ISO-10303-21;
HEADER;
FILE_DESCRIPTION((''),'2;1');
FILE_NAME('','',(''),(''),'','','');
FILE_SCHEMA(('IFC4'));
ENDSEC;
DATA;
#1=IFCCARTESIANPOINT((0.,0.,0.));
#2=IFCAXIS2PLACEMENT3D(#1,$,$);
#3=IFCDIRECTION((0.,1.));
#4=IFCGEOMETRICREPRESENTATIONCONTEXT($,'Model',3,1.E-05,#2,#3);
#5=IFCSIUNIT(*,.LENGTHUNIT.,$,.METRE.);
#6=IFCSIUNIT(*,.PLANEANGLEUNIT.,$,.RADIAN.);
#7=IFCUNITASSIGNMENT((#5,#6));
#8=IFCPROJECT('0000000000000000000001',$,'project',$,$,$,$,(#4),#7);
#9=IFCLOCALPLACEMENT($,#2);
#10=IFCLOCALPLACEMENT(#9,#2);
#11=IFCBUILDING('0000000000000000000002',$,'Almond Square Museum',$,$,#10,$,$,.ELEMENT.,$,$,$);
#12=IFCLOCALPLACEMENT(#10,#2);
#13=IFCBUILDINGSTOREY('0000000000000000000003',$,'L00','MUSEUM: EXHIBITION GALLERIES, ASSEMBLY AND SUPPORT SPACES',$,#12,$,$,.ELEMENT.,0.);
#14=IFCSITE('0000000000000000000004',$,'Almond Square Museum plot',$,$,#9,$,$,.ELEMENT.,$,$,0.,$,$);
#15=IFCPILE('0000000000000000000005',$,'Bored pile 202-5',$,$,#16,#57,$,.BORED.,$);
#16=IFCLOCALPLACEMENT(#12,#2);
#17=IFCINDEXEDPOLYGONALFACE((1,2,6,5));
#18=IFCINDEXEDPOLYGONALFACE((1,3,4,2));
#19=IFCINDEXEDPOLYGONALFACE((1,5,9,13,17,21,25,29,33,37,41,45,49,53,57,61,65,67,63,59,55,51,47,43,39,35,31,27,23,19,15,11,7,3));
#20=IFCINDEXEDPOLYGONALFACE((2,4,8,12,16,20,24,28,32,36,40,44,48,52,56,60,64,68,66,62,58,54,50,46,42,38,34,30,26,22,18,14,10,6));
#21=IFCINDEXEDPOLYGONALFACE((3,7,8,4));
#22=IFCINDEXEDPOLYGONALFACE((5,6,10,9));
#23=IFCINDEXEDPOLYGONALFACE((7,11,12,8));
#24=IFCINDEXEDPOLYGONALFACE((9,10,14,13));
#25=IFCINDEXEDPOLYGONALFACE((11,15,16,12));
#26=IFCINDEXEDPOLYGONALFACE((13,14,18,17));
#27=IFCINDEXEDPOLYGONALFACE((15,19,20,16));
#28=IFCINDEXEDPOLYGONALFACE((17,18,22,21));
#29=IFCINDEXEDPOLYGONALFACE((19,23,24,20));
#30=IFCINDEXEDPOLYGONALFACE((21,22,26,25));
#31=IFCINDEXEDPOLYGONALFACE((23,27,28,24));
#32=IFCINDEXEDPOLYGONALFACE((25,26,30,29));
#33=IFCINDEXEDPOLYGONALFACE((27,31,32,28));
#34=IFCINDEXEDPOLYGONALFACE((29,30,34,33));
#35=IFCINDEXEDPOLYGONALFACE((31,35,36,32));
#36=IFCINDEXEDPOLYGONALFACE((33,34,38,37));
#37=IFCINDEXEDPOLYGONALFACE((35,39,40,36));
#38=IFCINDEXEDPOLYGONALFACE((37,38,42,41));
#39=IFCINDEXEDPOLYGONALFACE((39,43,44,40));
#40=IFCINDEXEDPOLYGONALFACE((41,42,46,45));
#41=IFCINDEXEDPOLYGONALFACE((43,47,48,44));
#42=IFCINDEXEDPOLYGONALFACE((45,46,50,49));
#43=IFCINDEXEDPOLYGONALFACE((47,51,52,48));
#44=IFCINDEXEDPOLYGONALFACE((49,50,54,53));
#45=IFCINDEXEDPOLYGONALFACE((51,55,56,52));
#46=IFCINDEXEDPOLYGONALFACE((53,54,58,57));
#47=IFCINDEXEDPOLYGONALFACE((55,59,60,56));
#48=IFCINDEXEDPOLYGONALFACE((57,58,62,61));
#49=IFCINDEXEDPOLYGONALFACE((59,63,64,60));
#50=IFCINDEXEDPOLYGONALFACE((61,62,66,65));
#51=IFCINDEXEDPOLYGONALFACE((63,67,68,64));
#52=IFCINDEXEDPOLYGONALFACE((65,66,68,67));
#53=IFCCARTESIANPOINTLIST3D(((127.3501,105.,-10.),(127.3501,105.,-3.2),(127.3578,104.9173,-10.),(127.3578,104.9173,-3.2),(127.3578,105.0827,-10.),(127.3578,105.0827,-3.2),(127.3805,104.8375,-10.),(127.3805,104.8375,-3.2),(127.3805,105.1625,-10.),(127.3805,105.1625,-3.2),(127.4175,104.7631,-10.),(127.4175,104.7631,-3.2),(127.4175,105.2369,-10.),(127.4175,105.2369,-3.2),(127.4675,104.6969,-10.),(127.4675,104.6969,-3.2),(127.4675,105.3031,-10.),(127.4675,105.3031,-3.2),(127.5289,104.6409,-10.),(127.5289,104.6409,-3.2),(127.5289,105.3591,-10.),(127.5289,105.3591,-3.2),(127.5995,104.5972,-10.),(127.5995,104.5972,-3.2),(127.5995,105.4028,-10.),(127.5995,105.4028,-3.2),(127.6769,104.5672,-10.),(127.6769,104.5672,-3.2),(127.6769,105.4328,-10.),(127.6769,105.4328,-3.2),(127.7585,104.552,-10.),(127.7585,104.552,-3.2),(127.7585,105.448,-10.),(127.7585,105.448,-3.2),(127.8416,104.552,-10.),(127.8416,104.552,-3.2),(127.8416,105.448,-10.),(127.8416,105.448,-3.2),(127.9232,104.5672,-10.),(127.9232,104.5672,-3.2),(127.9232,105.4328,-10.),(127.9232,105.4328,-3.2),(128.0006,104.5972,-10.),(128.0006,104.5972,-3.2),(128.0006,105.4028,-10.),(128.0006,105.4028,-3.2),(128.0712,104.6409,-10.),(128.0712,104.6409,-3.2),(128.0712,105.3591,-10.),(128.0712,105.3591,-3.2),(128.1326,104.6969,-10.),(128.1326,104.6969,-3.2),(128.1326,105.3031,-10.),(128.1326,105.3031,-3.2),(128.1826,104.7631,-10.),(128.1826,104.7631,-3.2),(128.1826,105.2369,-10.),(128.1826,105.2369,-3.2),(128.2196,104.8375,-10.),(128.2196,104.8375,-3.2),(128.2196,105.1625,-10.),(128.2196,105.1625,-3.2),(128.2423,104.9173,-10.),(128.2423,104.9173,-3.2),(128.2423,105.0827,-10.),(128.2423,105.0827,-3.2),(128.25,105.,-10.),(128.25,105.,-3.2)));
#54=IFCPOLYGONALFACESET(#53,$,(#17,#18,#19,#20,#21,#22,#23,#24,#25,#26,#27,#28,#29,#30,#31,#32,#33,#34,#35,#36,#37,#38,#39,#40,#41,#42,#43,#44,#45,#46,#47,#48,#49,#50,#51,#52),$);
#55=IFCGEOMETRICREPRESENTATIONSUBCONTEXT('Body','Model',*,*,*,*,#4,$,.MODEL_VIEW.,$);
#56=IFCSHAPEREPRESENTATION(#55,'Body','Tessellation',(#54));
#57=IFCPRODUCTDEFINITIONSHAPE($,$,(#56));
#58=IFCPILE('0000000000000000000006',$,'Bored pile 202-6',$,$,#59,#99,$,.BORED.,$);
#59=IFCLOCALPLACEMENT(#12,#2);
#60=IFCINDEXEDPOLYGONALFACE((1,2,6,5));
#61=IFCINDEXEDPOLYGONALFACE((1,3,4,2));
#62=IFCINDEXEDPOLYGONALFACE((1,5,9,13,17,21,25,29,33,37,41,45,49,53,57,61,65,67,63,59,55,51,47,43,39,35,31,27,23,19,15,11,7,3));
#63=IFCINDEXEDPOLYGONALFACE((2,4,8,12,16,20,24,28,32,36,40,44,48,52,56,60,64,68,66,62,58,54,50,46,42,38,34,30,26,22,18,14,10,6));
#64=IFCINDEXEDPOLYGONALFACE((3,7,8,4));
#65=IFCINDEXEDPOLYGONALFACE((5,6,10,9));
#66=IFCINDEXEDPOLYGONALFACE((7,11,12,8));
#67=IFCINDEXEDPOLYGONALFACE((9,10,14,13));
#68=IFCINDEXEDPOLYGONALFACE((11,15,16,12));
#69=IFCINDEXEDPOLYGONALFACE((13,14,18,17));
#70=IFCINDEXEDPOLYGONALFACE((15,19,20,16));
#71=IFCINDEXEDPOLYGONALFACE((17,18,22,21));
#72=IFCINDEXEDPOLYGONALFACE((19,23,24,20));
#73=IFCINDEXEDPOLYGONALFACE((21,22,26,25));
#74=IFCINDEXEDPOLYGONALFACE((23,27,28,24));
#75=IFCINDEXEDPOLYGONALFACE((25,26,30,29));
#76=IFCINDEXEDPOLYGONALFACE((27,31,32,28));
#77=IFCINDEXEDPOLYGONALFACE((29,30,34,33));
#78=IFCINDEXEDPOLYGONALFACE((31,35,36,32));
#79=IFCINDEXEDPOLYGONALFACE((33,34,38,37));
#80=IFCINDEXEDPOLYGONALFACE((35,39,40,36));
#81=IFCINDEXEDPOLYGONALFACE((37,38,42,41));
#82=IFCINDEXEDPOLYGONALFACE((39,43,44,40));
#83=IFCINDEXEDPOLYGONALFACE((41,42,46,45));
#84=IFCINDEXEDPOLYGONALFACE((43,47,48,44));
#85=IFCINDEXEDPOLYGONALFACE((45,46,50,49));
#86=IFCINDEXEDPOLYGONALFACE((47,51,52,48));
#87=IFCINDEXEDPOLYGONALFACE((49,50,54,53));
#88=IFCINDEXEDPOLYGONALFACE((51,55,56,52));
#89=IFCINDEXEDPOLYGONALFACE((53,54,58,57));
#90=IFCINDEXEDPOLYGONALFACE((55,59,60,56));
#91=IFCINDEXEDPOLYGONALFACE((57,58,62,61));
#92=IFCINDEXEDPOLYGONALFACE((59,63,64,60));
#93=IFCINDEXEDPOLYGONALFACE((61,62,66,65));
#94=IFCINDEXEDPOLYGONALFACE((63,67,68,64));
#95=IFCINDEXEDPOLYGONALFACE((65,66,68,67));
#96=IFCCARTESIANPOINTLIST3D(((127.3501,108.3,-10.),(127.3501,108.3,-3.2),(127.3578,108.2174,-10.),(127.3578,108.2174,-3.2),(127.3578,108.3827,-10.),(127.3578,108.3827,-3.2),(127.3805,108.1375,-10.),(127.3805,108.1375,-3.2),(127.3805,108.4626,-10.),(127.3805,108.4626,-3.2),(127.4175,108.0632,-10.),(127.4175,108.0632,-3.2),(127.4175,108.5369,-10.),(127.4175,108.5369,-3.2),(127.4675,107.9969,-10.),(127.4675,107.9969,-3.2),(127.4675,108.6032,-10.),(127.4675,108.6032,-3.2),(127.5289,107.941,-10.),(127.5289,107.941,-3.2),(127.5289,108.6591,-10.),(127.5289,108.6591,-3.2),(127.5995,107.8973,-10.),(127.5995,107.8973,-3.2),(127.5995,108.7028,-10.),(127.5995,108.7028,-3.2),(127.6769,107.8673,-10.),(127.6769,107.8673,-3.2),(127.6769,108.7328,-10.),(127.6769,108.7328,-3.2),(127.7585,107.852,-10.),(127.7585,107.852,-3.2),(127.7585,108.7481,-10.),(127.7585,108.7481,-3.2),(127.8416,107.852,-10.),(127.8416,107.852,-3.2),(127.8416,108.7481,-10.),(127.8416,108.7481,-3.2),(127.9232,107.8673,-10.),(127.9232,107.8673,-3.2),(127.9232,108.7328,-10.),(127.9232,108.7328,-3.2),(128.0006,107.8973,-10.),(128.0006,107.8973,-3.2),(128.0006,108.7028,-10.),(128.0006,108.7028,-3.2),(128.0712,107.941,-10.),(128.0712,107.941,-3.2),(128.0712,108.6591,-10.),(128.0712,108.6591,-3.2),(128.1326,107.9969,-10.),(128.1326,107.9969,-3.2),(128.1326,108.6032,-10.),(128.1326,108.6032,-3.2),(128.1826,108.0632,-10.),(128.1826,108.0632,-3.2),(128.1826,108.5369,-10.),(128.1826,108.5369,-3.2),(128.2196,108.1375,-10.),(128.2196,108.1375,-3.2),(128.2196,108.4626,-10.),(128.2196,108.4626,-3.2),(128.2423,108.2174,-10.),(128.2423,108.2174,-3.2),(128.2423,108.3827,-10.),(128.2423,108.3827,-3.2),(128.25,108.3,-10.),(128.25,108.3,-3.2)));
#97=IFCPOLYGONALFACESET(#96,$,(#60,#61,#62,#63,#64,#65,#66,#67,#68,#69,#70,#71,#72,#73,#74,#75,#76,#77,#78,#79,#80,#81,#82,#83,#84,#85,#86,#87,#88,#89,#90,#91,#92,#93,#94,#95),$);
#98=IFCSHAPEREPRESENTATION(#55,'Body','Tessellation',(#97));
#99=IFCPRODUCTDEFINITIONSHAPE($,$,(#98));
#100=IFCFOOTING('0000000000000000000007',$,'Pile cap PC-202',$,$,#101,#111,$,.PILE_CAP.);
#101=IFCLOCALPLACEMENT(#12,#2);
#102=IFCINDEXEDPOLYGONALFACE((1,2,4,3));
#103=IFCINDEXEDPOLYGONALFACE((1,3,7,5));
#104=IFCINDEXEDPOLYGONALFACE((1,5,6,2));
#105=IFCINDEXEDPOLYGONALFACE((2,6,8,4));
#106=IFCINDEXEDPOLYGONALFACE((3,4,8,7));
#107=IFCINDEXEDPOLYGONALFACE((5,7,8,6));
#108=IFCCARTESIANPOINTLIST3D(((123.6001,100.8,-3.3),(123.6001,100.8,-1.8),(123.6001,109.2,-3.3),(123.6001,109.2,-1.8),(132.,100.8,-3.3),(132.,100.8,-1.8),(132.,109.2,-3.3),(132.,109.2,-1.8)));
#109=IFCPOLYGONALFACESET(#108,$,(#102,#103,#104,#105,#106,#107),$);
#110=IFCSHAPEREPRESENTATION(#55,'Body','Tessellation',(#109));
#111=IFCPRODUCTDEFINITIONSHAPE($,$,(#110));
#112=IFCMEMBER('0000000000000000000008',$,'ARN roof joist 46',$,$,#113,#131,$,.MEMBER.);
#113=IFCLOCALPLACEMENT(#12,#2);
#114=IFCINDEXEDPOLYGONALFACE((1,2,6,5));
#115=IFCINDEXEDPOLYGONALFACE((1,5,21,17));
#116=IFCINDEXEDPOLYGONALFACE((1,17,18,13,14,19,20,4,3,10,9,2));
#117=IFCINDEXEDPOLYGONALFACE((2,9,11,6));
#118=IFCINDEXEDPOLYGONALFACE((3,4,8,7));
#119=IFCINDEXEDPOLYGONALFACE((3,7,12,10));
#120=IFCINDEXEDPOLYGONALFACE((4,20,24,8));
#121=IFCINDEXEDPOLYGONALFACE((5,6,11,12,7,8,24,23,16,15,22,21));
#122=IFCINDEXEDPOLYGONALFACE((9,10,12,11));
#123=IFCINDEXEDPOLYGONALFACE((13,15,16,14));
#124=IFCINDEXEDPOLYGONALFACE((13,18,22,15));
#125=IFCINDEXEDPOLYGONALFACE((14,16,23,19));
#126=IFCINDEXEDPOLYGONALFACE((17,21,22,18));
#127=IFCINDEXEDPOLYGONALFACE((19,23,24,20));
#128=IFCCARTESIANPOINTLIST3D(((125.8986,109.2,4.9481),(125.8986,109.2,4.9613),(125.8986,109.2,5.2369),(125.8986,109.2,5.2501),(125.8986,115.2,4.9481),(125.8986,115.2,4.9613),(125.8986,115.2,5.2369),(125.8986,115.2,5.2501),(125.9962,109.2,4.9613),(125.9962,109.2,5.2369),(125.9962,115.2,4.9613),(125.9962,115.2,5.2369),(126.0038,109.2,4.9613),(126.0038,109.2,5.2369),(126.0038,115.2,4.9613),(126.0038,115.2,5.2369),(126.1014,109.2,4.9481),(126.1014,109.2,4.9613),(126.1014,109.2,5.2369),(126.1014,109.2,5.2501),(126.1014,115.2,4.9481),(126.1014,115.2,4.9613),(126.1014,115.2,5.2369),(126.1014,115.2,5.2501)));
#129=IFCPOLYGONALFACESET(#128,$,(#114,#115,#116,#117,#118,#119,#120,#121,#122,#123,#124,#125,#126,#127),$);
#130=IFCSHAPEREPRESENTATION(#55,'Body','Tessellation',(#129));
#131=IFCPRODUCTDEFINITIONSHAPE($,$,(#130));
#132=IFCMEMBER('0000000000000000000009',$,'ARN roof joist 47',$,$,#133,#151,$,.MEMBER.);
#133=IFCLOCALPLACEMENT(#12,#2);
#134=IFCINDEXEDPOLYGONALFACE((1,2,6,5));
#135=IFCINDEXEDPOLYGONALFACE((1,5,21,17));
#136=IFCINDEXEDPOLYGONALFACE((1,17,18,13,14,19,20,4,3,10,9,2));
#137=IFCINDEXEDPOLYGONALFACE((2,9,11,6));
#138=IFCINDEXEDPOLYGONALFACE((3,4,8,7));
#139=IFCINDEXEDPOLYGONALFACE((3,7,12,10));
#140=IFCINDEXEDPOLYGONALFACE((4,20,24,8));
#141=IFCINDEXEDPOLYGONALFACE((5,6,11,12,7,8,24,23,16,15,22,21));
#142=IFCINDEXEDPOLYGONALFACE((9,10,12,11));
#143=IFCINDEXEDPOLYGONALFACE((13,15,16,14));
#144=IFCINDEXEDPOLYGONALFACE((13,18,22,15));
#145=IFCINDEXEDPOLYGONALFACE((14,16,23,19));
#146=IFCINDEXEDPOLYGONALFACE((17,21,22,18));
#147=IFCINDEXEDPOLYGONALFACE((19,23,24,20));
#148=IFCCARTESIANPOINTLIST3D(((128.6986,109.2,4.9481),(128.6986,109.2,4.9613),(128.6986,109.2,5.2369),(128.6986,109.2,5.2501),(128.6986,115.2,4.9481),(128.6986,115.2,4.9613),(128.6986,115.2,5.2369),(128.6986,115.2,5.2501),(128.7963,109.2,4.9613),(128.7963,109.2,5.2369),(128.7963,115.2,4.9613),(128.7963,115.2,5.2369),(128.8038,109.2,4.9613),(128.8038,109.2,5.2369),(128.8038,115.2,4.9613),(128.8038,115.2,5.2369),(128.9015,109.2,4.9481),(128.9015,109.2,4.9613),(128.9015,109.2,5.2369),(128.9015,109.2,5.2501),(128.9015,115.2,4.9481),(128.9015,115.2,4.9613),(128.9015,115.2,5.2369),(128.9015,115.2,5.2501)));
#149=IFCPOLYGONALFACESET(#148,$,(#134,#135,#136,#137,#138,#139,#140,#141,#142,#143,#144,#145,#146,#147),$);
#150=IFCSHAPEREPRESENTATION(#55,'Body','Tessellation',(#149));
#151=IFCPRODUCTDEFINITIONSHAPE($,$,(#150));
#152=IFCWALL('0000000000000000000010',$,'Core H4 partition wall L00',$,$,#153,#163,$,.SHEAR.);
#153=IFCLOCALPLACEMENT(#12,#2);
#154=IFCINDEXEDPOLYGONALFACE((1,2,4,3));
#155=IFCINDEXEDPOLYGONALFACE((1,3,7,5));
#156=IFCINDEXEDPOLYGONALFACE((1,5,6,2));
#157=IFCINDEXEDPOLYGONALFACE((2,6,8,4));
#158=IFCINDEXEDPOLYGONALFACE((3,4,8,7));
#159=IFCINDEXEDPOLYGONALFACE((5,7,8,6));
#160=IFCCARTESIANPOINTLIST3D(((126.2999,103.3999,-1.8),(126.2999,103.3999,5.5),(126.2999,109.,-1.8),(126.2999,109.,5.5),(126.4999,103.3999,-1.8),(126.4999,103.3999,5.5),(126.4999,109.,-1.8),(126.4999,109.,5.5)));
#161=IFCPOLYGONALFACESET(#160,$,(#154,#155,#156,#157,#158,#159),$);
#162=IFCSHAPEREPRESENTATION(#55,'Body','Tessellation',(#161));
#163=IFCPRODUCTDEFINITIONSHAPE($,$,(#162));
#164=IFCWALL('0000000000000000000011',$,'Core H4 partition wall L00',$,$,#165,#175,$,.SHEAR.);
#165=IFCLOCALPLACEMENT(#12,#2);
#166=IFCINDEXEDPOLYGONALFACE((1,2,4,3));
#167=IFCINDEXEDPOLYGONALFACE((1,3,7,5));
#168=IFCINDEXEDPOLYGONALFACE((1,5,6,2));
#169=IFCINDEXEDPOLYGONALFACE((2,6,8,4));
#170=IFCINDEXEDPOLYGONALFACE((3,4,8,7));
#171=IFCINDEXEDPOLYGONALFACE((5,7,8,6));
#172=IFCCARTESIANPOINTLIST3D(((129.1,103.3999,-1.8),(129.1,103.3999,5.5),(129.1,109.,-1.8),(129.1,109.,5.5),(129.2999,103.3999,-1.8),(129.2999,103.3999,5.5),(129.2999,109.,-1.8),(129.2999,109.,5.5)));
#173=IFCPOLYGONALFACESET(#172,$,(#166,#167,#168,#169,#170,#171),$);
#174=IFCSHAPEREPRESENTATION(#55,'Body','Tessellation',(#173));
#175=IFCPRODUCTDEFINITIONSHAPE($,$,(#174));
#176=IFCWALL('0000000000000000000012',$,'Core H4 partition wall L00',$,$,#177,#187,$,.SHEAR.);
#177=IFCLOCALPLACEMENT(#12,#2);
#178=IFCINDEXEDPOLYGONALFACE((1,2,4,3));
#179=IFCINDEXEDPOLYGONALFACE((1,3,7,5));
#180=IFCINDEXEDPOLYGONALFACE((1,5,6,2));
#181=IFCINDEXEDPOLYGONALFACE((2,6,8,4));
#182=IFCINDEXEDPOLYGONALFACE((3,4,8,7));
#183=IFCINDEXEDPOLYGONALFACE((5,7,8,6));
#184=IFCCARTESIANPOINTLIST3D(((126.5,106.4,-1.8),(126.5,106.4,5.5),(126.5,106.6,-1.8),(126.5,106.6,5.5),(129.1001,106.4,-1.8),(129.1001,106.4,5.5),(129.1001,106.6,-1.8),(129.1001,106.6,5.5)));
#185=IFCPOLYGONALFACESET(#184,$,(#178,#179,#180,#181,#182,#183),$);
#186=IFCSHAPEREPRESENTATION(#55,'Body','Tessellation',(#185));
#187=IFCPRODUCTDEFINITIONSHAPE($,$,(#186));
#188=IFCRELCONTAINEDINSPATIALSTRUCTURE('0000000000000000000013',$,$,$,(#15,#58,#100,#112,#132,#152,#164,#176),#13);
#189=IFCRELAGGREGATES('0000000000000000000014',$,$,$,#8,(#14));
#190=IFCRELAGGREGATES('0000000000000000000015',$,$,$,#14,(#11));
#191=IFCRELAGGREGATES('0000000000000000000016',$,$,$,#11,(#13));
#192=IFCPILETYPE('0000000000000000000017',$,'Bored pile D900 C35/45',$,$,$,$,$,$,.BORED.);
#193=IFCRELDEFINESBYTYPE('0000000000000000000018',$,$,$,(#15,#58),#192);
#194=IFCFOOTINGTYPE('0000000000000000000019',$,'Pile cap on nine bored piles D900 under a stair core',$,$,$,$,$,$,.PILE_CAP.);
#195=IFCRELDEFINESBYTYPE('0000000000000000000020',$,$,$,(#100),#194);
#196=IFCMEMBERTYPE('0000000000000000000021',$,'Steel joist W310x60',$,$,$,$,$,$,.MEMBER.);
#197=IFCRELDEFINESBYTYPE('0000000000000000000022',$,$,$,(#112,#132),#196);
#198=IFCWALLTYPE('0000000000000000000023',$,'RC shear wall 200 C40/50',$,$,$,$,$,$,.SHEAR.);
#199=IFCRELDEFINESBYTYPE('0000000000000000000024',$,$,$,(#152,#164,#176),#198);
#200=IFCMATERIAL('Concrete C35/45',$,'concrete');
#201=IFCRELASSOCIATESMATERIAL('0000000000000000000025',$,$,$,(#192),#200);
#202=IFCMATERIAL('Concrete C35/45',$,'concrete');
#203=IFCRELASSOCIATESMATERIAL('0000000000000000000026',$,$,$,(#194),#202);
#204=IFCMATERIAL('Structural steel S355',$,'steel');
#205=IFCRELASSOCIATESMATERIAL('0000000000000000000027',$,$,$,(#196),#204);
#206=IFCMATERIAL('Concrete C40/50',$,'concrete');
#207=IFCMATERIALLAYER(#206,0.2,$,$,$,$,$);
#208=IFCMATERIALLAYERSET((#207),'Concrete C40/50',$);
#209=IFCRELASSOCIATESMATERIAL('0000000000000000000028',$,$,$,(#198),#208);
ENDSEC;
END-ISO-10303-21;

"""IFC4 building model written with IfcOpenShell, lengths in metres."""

from ifc_helpers import new_model, si_unit, direction, frame, frame_2d, origin, origin_2d, place, context, subcontext, project, spatial, rectangle, circle, i_section, extrude, material, layer, layer_set, material_profile, profile_set, type_object, element, save


model = new_model("IFC4")

# Units and contexts
model_context = context("Model", 3, precision=1e-05, world=origin(), true_north=direction((0.0, 1.0)))
body_context = subcontext(model_context, "Body", "Model", "MODEL_VIEW")
ifc_project = project(units=[si_unit("LENGTHUNIT", "METRE"), si_unit("PLANEANGLEUNIT", "RADIAN")], contexts=[model_context])

# Site, building, storey
site_placement = place(None, origin())
site = spatial("IfcSite", under=ifc_project, at=site_placement, Name="Almond Square Museum plot", CompositionType="ELEMENT", RefElevation=0.0)
building_placement = place(site_placement, origin())
building = spatial("IfcBuilding", under=site, at=building_placement, Name="Almond Square Museum", CompositionType="ELEMENT")
storey_placement = place(building_placement, origin())
storey = spatial("IfcBuildingStorey", under=building, at=storey_placement, Name="L00", Description="MUSEUM: EXHIBITION GALLERIES, ASSEMBLY AND SUPPORT SPACES", CompositionType="ELEMENT", Elevation=0.0)

# Piles
ifc_material_1 = material(Name="Concrete C35/45", Category="concrete")
ifc_material_profile_1 = material_profile(ifc_material_1, circle(Radius=0.45, at=origin_2d()))
ifc_profile_set_1 = profile_set([ifc_material_profile_1], Name="Concrete C35/45")
pile_type = type_object("IfcPileType", Name="Bored pile D900 C35/45", PredefinedType="BORED", material=ifc_profile_set_1)
for number, where, z_axis, x_axis, name in (
    (1, (127.8, 105.0, -3.2), (0.0, 0.0, -1.0), (1.0, 0.0, 0.0), "Bored pile 202-5"),
    (2, (127.8, 108.3, -3.2), (0.0, 0.0, -1.0), (1.0, 0.0, 0.0), "Bored pile 202-6"),
):
    element("IfcPile", number, at=place(storey_placement, frame(where, z_axis=z_axis, x_axis=x_axis)), inside=storey, type_object=pile_type, Name=name, PredefinedType="BORED", context=body_context, shape_type="SweptSolid", body=[
        extrude(circle(Radius=0.45, at=origin_2d()), origin(), (0.0, 0.0, 1.0), 6.8),
    ])

# Footing
ifc_material_2 = material(Name="Concrete C35/45", Category="concrete")
footing_type = type_object("IfcFootingType", Name="Pile cap on nine bored piles D900 under a stair core", PredefinedType="PILE_CAP", material=ifc_material_2)
footing_placement = place(storey_placement, frame((127.8, 105.0, -3.3), z_axis=(0.0, 0.0, 1.0), x_axis=(1.0, 0.0, 0.0)))
element("IfcFooting", 3, at=footing_placement, inside=storey, type_object=footing_type, Name="Pile cap PC-202", PredefinedType="PILE_CAP", context=body_context, shape_type="SweptSolid", body=[
    extrude(rectangle(XDim=8.3999, YDim=8.3999, at=origin_2d()), origin(), (0.0, 0.0, 1.0), 1.5),
])

# Members
ifc_material_3 = material(Name="Structural steel S355", Category="steel")
ifc_material_profile_2 = material_profile(ifc_material_3, i_section(OverallWidth=0.2029, OverallDepth=0.302, WebThickness=0.0076, FlangeThickness=0.0132, at=origin_2d()))
ifc_profile_set_2 = profile_set([ifc_material_profile_2], Name="Structural steel S355")
member_type = type_object("IfcMemberType", Name="Steel joist W310x60", PredefinedType="MEMBER", material=ifc_profile_set_2)
for number, where, z_axis, x_axis, name in (
    (4, (126.0, 109.2, 5.0991), (0.0, 1.0, 0.0), (-1.0, 0.0, 0.0), "ARN roof joist 46"),
    (5, (128.8, 109.2, 5.0991), (0.0, 1.0, 0.0), (-1.0, 0.0, 0.0), "ARN roof joist 47"),
):
    element("IfcMember", number, at=place(storey_placement, frame(where, z_axis=z_axis, x_axis=x_axis)), inside=storey, type_object=member_type, Name=name, PredefinedType="MEMBER", context=body_context, shape_type="SweptSolid", body=[
        extrude(i_section(OverallWidth=0.2029, OverallDepth=0.302, WebThickness=0.0076, FlangeThickness=0.0132, at=origin_2d()), origin(), (0.0, 0.0, 1.0), 6.0),
    ])

# Walls
ifc_material_4 = material(Name="Concrete C40/50", Category="concrete")
ifc_layer = layer(ifc_material_4, 0.2)
ifc_layer_set = layer_set([ifc_layer], Name="Concrete C40/50")
wall_type = type_object("IfcWallType", Name="RC shear wall 200 C40/50", PredefinedType="SHEAR", material=ifc_layer_set)
for number, where, z_axis, x_axis, name in (
    (6, (126.3999, 103.3999, -1.8), (0.0, 0.0, 1.0), (0.0, 1.0, 0.0), "Core H4 partition wall L00"),
    (7, (129.2, 103.3999, -1.8), (0.0, 0.0, 1.0), (0.0, 1.0, 0.0), "Core H4 partition wall L00"),
):
    element("IfcWall", number, at=place(storey_placement, frame(where, z_axis=z_axis, x_axis=x_axis)), inside=storey, type_object=wall_type, Name=name, PredefinedType="SHEAR", context=body_context, shape_type="SweptSolid", body=[
        extrude(rectangle(XDim=5.6001, YDim=0.2, at=frame_2d((2.8, 0.0))), origin(), (0.0, 0.0, 1.0), 7.3),
    ])
wall_placement = place(storey_placement, frame((126.5, 106.5, -1.8), z_axis=(0.0, 0.0, 1.0), x_axis=(1.0, 0.0, 0.0)))
element("IfcWall", 8, at=wall_placement, inside=storey, type_object=wall_type, Name="Core H4 partition wall L00", PredefinedType="SHEAR", context=body_context, shape_type="SweptSolid", body=[
    extrude(rectangle(XDim=2.6001, YDim=0.2, at=frame_2d((1.3, 0.0))), origin(), (0.0, 0.0, 1.0), 7.3),
])

save(model, "model.ifc")
